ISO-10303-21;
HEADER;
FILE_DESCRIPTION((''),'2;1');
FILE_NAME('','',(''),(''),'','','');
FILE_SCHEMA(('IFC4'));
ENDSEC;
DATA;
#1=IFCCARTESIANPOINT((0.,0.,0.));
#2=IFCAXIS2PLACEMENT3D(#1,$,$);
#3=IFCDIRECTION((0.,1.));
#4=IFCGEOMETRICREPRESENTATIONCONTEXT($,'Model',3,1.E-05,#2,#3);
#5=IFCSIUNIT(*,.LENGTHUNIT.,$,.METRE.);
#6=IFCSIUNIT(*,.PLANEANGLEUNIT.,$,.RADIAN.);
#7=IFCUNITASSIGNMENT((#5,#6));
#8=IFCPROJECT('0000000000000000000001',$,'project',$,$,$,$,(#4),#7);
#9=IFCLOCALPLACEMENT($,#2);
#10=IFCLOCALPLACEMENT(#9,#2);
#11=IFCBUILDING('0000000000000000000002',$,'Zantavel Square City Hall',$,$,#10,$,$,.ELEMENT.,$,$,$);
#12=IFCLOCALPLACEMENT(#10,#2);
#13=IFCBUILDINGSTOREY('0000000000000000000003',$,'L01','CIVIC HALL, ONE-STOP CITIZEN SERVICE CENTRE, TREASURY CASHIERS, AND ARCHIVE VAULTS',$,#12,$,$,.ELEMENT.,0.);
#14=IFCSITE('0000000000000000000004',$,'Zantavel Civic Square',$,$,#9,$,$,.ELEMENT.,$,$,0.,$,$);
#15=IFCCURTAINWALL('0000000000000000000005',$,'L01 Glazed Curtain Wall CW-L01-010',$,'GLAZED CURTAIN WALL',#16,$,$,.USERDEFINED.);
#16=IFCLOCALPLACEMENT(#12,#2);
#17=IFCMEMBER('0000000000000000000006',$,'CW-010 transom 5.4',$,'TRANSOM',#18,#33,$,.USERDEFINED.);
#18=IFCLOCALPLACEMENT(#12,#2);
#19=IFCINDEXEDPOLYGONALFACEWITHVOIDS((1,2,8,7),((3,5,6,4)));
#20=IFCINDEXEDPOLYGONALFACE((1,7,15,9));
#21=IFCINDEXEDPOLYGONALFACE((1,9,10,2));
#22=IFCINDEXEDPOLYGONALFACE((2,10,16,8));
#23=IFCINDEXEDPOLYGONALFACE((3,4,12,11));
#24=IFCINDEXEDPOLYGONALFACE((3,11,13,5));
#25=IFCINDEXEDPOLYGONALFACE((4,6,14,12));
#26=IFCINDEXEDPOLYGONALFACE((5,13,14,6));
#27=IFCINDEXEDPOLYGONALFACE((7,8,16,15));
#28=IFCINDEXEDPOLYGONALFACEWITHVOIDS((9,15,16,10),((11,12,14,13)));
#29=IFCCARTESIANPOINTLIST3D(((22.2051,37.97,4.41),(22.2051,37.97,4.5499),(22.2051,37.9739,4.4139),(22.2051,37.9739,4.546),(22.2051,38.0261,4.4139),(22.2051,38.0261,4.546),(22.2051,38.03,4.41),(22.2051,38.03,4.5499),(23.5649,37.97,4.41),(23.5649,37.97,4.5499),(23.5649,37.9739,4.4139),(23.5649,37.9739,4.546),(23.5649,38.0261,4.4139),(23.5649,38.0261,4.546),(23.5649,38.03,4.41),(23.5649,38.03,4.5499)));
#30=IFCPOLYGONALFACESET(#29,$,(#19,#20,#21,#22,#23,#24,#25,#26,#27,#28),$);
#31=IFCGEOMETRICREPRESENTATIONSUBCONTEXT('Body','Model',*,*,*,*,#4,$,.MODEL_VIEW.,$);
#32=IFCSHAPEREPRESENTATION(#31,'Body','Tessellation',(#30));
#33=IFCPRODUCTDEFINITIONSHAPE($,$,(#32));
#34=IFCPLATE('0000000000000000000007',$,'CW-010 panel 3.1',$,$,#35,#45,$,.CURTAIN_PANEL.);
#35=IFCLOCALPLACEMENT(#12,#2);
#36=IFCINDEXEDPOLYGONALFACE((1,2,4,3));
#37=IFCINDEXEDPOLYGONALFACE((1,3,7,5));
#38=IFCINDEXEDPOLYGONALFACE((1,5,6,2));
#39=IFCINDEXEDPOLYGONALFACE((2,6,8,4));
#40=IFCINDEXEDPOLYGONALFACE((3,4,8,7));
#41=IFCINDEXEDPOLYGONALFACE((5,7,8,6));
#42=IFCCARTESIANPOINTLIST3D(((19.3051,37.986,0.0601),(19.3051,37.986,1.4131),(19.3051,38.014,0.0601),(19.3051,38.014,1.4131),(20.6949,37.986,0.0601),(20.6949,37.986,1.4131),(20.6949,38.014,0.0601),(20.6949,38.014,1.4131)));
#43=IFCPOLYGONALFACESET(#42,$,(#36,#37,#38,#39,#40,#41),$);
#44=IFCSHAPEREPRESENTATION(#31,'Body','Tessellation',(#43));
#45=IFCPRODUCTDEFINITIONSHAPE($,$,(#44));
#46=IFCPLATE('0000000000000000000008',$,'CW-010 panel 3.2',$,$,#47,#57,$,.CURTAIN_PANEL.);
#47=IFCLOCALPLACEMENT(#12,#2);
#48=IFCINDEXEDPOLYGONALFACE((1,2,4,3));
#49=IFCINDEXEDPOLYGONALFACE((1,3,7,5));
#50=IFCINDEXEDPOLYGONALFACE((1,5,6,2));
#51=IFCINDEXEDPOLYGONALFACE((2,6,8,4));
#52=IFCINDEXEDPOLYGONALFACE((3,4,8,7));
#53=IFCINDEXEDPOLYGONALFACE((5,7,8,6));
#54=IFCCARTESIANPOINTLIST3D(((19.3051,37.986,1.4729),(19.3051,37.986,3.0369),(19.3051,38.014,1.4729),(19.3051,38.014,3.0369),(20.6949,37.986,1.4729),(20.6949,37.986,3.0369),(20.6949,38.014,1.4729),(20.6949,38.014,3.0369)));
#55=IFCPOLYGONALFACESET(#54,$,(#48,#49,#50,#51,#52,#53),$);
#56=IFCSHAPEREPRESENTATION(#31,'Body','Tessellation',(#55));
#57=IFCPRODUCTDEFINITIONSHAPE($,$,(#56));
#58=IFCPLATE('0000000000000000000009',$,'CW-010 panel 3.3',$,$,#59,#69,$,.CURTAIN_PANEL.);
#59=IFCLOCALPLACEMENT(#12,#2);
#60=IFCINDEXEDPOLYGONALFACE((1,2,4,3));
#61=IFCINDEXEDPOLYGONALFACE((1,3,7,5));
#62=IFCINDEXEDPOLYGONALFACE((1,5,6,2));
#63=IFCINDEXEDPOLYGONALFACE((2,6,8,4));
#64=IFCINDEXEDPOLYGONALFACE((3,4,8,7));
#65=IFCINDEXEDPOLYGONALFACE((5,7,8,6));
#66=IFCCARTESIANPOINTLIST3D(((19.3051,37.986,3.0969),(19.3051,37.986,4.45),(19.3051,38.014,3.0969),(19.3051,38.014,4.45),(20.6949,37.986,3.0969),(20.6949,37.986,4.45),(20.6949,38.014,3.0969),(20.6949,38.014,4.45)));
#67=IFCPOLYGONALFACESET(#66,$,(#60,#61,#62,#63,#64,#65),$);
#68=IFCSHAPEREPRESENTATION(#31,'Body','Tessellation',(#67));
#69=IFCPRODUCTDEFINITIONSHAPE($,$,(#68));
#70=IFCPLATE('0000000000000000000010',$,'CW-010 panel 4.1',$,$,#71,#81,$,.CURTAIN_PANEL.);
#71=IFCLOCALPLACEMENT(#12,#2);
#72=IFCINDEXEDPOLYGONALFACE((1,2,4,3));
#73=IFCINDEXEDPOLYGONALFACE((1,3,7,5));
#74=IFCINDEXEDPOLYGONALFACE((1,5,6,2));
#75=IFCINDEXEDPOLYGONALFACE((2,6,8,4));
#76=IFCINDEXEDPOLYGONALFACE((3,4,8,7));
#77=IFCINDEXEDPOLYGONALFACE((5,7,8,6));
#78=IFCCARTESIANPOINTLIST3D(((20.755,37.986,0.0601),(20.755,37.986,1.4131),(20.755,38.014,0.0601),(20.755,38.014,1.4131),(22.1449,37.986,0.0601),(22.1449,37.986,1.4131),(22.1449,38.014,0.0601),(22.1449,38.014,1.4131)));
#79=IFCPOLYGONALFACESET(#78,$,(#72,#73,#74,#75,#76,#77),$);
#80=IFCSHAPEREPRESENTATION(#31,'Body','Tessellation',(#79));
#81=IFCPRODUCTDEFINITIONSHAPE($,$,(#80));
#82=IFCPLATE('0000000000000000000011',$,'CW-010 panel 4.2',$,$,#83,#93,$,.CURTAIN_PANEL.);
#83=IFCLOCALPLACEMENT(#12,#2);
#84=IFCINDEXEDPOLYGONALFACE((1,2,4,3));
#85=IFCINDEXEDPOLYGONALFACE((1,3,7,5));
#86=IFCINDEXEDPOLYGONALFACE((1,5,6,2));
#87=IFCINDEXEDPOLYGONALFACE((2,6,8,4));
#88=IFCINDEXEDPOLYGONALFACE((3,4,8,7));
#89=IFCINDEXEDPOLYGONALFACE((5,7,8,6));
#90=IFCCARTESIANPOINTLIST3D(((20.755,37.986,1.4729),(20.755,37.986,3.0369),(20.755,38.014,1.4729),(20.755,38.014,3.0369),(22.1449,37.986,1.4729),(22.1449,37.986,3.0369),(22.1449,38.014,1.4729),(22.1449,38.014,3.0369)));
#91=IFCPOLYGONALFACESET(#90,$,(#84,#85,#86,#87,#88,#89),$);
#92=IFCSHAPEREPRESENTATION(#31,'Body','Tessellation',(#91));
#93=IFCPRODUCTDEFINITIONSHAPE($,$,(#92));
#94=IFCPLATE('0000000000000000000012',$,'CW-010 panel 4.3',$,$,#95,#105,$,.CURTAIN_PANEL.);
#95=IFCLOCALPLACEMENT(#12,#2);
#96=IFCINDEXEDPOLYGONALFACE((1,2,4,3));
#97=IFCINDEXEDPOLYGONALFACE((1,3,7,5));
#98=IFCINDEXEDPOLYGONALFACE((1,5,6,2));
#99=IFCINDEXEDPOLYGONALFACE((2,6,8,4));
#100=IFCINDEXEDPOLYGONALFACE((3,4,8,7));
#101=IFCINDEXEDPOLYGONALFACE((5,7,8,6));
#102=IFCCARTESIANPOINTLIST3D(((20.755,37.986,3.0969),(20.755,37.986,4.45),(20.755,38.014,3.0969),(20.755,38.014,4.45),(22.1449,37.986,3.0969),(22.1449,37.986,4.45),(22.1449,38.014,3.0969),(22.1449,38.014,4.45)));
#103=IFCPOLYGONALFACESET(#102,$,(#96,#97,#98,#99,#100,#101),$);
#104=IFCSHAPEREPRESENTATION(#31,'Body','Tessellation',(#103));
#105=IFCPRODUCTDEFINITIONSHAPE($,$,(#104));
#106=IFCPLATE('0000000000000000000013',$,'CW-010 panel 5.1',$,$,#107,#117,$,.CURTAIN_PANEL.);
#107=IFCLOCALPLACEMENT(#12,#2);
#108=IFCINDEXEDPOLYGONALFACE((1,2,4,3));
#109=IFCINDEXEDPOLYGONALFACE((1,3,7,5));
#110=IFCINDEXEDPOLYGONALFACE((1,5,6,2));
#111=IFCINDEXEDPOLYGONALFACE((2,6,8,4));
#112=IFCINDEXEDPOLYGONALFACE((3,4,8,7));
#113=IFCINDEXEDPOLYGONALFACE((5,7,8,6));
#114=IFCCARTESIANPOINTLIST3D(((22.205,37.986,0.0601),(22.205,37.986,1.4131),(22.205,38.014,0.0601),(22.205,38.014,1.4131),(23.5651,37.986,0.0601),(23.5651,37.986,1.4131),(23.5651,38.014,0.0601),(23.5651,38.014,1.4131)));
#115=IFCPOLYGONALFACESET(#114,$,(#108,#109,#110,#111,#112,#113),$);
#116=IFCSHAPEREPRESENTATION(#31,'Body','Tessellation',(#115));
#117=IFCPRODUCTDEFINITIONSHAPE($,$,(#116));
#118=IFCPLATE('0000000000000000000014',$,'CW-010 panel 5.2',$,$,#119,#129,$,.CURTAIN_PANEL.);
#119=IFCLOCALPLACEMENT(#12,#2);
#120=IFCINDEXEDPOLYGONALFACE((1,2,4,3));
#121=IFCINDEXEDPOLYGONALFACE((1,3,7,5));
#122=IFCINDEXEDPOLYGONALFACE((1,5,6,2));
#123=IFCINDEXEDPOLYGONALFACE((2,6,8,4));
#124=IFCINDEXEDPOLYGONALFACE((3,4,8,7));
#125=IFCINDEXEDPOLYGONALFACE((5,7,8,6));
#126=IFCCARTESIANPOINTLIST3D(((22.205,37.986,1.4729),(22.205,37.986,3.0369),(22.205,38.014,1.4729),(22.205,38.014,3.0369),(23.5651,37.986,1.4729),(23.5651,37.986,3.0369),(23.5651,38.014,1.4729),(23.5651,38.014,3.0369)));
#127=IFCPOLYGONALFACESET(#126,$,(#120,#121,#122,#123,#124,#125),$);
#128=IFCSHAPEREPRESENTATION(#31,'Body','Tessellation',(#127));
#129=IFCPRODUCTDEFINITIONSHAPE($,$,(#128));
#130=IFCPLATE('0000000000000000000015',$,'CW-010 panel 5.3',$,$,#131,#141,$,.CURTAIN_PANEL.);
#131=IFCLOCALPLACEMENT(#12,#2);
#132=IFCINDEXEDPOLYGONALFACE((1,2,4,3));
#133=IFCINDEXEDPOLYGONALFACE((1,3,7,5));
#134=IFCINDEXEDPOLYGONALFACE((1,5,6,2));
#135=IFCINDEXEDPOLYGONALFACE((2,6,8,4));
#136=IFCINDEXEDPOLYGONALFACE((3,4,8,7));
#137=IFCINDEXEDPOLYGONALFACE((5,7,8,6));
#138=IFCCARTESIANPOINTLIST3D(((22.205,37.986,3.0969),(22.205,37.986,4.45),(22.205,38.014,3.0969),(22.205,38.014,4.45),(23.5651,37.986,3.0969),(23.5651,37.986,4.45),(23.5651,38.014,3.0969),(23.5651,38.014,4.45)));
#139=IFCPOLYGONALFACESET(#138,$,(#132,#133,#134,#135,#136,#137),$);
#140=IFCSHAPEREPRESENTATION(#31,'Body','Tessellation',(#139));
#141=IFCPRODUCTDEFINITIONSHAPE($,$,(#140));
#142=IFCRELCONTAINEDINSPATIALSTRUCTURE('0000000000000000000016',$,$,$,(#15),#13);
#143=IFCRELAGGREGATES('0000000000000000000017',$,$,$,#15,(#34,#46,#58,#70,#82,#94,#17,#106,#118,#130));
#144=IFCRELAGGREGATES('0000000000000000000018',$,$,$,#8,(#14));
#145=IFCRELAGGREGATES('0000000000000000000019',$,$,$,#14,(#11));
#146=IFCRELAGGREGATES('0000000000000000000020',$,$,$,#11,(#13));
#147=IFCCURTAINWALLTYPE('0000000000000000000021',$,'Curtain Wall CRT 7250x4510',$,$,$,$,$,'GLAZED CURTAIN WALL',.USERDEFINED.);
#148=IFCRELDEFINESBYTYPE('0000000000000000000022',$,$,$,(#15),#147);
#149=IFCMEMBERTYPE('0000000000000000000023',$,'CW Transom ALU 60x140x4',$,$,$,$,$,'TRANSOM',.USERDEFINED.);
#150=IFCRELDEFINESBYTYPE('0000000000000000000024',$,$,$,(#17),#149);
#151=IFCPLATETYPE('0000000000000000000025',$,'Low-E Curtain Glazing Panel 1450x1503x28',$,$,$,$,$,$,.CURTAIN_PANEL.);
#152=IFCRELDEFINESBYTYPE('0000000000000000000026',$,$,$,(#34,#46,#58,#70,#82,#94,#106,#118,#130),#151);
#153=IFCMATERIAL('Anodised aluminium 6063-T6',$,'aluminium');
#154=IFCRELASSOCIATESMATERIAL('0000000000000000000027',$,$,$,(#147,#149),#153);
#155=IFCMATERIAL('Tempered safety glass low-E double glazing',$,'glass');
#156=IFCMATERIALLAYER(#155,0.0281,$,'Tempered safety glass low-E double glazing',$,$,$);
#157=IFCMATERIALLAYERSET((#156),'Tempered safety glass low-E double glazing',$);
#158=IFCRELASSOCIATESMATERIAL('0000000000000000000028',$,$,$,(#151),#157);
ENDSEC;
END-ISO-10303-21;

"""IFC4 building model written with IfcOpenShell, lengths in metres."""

from ifc_helpers import new_model, si_unit, direction, frame, origin, origin_2d, place, context, subcontext, project, spatial, rectangle, hollow_rectangle, extrude, material, layer, layer_set, material_profile, profile_set, type_object, element, aggregate, save


model = new_model("IFC4")

# Units and contexts
model_context = context("Model", 3, precision=1e-05, world=origin(), true_north=direction((0.0, 1.0)))
body_context = subcontext(model_context, "Body", "Model", "MODEL_VIEW")
ifc_project = project(units=[si_unit("LENGTHUNIT", "METRE"), si_unit("PLANEANGLEUNIT", "RADIAN")], contexts=[model_context])

# Site, building, storey
site_placement = place(None, origin())
site = spatial("IfcSite", under=ifc_project, at=site_placement, Name="Zantavel Civic Square", CompositionType="ELEMENT", RefElevation=0.0)
building_placement = place(site_placement, origin())
building = spatial("IfcBuilding", under=site, at=building_placement, Name="Zantavel Square City Hall", CompositionType="ELEMENT")
storey_placement = place(building_placement, origin())
storey = spatial("IfcBuildingStorey", under=building, at=storey_placement, Name="L01", Description="CIVIC HALL, ONE-STOP CITIZEN SERVICE CENTRE, TREASURY CASHIERS, AND ARCHIVE VAULTS", CompositionType="ELEMENT", Elevation=0.0)

# Curtain wall, member, plates
ifc_material_1 = material(Name="Anodised aluminium 6063-T6", Category="aluminium")
curtain_wall_type = type_object("IfcCurtainWallType", Name="Curtain Wall CRT 7250x4510", ElementType="GLAZED CURTAIN WALL", PredefinedType="USERDEFINED", material=ifc_material_1)
curtain_wall_placement = place(storey_placement, origin())
curtain_wall = element("IfcCurtainWall", 1, at=curtain_wall_placement, inside=storey, type_object=curtain_wall_type, Name="L01 Glazed Curtain Wall CW-L01-010", ObjectType="GLAZED CURTAIN WALL", PredefinedType="USERDEFINED")
ifc_material_profile_1 = material_profile(ifc_material_1, hollow_rectangle(XDim=0.0601, YDim=0.1399, WallThickness=0.0039, at=origin_2d()), Name="ALU 60x140x4")
ifc_profile_set_1 = profile_set([ifc_material_profile_1], Name="Anodised aluminium 6063-T6")
member_type_1 = type_object("IfcMemberType", Name="CW Transom ALU 60x140x4", ElementType="TRANSOM", PredefinedType="USERDEFINED", material=ifc_profile_set_1)
member_1_placement = place(storey_placement, frame((22.2051, 38.0, 4.48), z_axis=(1.0, 0.0, 0.0), x_axis=(0.0, 1.0, 0.0)))
member_1 = element("IfcMember", 2, at=member_1_placement, type_object=member_type_1, Name="CW-010 transom 5.4", ObjectType="TRANSOM", PredefinedType="USERDEFINED", context=body_context, shape_type="SweptSolid", body=[
    extrude(hollow_rectangle(XDim=0.0601, YDim=0.1399, WallThickness=0.0039, at=origin_2d()), origin(), (0.0, 0.0, 1.0), 1.3599),
])
ifc_material_2 = material(Name="Tempered safety glass low-E double glazing", Category="glass")
ifc_layer = layer(ifc_material_2, 0.0281, Name="Tempered safety glass low-E double glazing")
ifc_layer_set = layer_set([ifc_layer], Name="Tempered safety glass low-E double glazing")
plate_type = type_object("IfcPlateType", Name="Low-E Curtain Glazing Panel 1450x1503x28", PredefinedType="CURTAIN_PANEL", material=ifc_layer_set)
plate_1_placement = place(storey_placement, frame((20.0, 38.0, 0.0601), z_axis=(0.0, 0.0, 1.0), x_axis=(1.0, 0.0, 0.0)))
plate_1 = element("IfcPlate", 3, at=plate_1_placement, type_object=plate_type, Name="CW-010 panel 3.1", PredefinedType="CURTAIN_PANEL", context=body_context, shape_type="SweptSolid", body=[
    extrude(rectangle(XDim=1.3899, YDim=0.0281, at=origin_2d()), origin(), (0.0, 0.0, 1.0), 1.353),
])
plate_2_placement = place(storey_placement, frame((20.0, 38.0, 1.4729), z_axis=(0.0, 0.0, 1.0), x_axis=(1.0, 0.0, 0.0)))
plate_2 = element("IfcPlate", 4, at=plate_2_placement, type_object=plate_type, Name="CW-010 panel 3.2", PredefinedType="CURTAIN_PANEL", context=body_context, shape_type="SweptSolid", body=[
    extrude(rectangle(XDim=1.3899, YDim=0.0281, at=origin_2d()), origin(), (0.0, 0.0, 1.0), 1.564),
])
plate_3_placement = place(storey_placement, frame((20.0, 38.0, 3.0969), z_axis=(0.0, 0.0, 1.0), x_axis=(1.0, 0.0, 0.0)))
plate_3 = element("IfcPlate", 5, at=plate_3_placement, type_object=plate_type, Name="CW-010 panel 3.3", PredefinedType="CURTAIN_PANEL", context=body_context, shape_type="SweptSolid", body=[
    extrude(rectangle(XDim=1.3899, YDim=0.0281, at=origin_2d()), origin(), (0.0, 0.0, 1.0), 1.353),
])
plate_4_placement = place(storey_placement, frame((21.45, 38.0, 0.0601), z_axis=(0.0, 0.0, 1.0), x_axis=(1.0, 0.0, 0.0)))
plate_4 = element("IfcPlate", 6, at=plate_4_placement, type_object=plate_type, Name="CW-010 panel 4.1", PredefinedType="CURTAIN_PANEL", context=body_context, shape_type="SweptSolid", body=[
    extrude(rectangle(XDim=1.3899, YDim=0.0281, at=origin_2d()), origin(), (0.0, 0.0, 1.0), 1.353),
])
plate_5_placement = place(storey_placement, frame((21.45, 38.0, 1.4729), z_axis=(0.0, 0.0, 1.0), x_axis=(1.0, 0.0, 0.0)))
plate_5 = element("IfcPlate", 7, at=plate_5_placement, type_object=plate_type, Name="CW-010 panel 4.2", PredefinedType="CURTAIN_PANEL", context=body_context, shape_type="SweptSolid", body=[
    extrude(rectangle(XDim=1.3899, YDim=0.0281, at=origin_2d()), origin(), (0.0, 0.0, 1.0), 1.564),
])
plate_6_placement = place(storey_placement, frame((21.45, 38.0, 3.0969), z_axis=(0.0, 0.0, 1.0), x_axis=(1.0, 0.0, 0.0)))
plate_6 = element("IfcPlate", 8, at=plate_6_placement, type_object=plate_type, Name="CW-010 panel 4.3", PredefinedType="CURTAIN_PANEL", context=body_context, shape_type="SweptSolid", body=[
    extrude(rectangle(XDim=1.3899, YDim=0.0281, at=origin_2d()), origin(), (0.0, 0.0, 1.0), 1.353),
])
plate_7_placement = place(storey_placement, frame((22.885, 38.0, 0.0601), z_axis=(0.0, 0.0, 1.0), x_axis=(1.0, 0.0, 0.0)))
plate_7 = element("IfcPlate", 9, at=plate_7_placement, type_object=plate_type, Name="CW-010 panel 5.1", PredefinedType="CURTAIN_PANEL", context=body_context, shape_type="SweptSolid", body=[
    extrude(rectangle(XDim=1.3601, YDim=0.0281, at=origin_2d()), origin(), (0.0, 0.0, 1.0), 1.353),
])
plate_8_placement = place(storey_placement, frame((22.885, 38.0, 1.4729), z_axis=(0.0, 0.0, 1.0), x_axis=(1.0, 0.0, 0.0)))
plate_8 = element("IfcPlate", 10, at=plate_8_placement, type_object=plate_type, Name="CW-010 panel 5.2", PredefinedType="CURTAIN_PANEL", context=body_context, shape_type="SweptSolid", body=[
    extrude(rectangle(XDim=1.3601, YDim=0.0281, at=origin_2d()), origin(), (0.0, 0.0, 1.0), 1.564),
])
plate_9_placement = place(storey_placement, frame((22.885, 38.0, 3.0969), z_axis=(0.0, 0.0, 1.0), x_axis=(1.0, 0.0, 0.0)))
plate_9 = element("IfcPlate", 11, at=plate_9_placement, type_object=plate_type, Name="CW-010 panel 5.3", PredefinedType="CURTAIN_PANEL", context=body_context, shape_type="SweptSolid", body=[
    extrude(rectangle(XDim=1.3601, YDim=0.0281, at=origin_2d()), origin(), (0.0, 0.0, 1.0), 1.353),
])
aggregate(curtain_wall, [plate_1, plate_2, plate_3, plate_4, plate_5, plate_6, member_1, plate_7, plate_8, plate_9])

save(model, "model.ifc")
